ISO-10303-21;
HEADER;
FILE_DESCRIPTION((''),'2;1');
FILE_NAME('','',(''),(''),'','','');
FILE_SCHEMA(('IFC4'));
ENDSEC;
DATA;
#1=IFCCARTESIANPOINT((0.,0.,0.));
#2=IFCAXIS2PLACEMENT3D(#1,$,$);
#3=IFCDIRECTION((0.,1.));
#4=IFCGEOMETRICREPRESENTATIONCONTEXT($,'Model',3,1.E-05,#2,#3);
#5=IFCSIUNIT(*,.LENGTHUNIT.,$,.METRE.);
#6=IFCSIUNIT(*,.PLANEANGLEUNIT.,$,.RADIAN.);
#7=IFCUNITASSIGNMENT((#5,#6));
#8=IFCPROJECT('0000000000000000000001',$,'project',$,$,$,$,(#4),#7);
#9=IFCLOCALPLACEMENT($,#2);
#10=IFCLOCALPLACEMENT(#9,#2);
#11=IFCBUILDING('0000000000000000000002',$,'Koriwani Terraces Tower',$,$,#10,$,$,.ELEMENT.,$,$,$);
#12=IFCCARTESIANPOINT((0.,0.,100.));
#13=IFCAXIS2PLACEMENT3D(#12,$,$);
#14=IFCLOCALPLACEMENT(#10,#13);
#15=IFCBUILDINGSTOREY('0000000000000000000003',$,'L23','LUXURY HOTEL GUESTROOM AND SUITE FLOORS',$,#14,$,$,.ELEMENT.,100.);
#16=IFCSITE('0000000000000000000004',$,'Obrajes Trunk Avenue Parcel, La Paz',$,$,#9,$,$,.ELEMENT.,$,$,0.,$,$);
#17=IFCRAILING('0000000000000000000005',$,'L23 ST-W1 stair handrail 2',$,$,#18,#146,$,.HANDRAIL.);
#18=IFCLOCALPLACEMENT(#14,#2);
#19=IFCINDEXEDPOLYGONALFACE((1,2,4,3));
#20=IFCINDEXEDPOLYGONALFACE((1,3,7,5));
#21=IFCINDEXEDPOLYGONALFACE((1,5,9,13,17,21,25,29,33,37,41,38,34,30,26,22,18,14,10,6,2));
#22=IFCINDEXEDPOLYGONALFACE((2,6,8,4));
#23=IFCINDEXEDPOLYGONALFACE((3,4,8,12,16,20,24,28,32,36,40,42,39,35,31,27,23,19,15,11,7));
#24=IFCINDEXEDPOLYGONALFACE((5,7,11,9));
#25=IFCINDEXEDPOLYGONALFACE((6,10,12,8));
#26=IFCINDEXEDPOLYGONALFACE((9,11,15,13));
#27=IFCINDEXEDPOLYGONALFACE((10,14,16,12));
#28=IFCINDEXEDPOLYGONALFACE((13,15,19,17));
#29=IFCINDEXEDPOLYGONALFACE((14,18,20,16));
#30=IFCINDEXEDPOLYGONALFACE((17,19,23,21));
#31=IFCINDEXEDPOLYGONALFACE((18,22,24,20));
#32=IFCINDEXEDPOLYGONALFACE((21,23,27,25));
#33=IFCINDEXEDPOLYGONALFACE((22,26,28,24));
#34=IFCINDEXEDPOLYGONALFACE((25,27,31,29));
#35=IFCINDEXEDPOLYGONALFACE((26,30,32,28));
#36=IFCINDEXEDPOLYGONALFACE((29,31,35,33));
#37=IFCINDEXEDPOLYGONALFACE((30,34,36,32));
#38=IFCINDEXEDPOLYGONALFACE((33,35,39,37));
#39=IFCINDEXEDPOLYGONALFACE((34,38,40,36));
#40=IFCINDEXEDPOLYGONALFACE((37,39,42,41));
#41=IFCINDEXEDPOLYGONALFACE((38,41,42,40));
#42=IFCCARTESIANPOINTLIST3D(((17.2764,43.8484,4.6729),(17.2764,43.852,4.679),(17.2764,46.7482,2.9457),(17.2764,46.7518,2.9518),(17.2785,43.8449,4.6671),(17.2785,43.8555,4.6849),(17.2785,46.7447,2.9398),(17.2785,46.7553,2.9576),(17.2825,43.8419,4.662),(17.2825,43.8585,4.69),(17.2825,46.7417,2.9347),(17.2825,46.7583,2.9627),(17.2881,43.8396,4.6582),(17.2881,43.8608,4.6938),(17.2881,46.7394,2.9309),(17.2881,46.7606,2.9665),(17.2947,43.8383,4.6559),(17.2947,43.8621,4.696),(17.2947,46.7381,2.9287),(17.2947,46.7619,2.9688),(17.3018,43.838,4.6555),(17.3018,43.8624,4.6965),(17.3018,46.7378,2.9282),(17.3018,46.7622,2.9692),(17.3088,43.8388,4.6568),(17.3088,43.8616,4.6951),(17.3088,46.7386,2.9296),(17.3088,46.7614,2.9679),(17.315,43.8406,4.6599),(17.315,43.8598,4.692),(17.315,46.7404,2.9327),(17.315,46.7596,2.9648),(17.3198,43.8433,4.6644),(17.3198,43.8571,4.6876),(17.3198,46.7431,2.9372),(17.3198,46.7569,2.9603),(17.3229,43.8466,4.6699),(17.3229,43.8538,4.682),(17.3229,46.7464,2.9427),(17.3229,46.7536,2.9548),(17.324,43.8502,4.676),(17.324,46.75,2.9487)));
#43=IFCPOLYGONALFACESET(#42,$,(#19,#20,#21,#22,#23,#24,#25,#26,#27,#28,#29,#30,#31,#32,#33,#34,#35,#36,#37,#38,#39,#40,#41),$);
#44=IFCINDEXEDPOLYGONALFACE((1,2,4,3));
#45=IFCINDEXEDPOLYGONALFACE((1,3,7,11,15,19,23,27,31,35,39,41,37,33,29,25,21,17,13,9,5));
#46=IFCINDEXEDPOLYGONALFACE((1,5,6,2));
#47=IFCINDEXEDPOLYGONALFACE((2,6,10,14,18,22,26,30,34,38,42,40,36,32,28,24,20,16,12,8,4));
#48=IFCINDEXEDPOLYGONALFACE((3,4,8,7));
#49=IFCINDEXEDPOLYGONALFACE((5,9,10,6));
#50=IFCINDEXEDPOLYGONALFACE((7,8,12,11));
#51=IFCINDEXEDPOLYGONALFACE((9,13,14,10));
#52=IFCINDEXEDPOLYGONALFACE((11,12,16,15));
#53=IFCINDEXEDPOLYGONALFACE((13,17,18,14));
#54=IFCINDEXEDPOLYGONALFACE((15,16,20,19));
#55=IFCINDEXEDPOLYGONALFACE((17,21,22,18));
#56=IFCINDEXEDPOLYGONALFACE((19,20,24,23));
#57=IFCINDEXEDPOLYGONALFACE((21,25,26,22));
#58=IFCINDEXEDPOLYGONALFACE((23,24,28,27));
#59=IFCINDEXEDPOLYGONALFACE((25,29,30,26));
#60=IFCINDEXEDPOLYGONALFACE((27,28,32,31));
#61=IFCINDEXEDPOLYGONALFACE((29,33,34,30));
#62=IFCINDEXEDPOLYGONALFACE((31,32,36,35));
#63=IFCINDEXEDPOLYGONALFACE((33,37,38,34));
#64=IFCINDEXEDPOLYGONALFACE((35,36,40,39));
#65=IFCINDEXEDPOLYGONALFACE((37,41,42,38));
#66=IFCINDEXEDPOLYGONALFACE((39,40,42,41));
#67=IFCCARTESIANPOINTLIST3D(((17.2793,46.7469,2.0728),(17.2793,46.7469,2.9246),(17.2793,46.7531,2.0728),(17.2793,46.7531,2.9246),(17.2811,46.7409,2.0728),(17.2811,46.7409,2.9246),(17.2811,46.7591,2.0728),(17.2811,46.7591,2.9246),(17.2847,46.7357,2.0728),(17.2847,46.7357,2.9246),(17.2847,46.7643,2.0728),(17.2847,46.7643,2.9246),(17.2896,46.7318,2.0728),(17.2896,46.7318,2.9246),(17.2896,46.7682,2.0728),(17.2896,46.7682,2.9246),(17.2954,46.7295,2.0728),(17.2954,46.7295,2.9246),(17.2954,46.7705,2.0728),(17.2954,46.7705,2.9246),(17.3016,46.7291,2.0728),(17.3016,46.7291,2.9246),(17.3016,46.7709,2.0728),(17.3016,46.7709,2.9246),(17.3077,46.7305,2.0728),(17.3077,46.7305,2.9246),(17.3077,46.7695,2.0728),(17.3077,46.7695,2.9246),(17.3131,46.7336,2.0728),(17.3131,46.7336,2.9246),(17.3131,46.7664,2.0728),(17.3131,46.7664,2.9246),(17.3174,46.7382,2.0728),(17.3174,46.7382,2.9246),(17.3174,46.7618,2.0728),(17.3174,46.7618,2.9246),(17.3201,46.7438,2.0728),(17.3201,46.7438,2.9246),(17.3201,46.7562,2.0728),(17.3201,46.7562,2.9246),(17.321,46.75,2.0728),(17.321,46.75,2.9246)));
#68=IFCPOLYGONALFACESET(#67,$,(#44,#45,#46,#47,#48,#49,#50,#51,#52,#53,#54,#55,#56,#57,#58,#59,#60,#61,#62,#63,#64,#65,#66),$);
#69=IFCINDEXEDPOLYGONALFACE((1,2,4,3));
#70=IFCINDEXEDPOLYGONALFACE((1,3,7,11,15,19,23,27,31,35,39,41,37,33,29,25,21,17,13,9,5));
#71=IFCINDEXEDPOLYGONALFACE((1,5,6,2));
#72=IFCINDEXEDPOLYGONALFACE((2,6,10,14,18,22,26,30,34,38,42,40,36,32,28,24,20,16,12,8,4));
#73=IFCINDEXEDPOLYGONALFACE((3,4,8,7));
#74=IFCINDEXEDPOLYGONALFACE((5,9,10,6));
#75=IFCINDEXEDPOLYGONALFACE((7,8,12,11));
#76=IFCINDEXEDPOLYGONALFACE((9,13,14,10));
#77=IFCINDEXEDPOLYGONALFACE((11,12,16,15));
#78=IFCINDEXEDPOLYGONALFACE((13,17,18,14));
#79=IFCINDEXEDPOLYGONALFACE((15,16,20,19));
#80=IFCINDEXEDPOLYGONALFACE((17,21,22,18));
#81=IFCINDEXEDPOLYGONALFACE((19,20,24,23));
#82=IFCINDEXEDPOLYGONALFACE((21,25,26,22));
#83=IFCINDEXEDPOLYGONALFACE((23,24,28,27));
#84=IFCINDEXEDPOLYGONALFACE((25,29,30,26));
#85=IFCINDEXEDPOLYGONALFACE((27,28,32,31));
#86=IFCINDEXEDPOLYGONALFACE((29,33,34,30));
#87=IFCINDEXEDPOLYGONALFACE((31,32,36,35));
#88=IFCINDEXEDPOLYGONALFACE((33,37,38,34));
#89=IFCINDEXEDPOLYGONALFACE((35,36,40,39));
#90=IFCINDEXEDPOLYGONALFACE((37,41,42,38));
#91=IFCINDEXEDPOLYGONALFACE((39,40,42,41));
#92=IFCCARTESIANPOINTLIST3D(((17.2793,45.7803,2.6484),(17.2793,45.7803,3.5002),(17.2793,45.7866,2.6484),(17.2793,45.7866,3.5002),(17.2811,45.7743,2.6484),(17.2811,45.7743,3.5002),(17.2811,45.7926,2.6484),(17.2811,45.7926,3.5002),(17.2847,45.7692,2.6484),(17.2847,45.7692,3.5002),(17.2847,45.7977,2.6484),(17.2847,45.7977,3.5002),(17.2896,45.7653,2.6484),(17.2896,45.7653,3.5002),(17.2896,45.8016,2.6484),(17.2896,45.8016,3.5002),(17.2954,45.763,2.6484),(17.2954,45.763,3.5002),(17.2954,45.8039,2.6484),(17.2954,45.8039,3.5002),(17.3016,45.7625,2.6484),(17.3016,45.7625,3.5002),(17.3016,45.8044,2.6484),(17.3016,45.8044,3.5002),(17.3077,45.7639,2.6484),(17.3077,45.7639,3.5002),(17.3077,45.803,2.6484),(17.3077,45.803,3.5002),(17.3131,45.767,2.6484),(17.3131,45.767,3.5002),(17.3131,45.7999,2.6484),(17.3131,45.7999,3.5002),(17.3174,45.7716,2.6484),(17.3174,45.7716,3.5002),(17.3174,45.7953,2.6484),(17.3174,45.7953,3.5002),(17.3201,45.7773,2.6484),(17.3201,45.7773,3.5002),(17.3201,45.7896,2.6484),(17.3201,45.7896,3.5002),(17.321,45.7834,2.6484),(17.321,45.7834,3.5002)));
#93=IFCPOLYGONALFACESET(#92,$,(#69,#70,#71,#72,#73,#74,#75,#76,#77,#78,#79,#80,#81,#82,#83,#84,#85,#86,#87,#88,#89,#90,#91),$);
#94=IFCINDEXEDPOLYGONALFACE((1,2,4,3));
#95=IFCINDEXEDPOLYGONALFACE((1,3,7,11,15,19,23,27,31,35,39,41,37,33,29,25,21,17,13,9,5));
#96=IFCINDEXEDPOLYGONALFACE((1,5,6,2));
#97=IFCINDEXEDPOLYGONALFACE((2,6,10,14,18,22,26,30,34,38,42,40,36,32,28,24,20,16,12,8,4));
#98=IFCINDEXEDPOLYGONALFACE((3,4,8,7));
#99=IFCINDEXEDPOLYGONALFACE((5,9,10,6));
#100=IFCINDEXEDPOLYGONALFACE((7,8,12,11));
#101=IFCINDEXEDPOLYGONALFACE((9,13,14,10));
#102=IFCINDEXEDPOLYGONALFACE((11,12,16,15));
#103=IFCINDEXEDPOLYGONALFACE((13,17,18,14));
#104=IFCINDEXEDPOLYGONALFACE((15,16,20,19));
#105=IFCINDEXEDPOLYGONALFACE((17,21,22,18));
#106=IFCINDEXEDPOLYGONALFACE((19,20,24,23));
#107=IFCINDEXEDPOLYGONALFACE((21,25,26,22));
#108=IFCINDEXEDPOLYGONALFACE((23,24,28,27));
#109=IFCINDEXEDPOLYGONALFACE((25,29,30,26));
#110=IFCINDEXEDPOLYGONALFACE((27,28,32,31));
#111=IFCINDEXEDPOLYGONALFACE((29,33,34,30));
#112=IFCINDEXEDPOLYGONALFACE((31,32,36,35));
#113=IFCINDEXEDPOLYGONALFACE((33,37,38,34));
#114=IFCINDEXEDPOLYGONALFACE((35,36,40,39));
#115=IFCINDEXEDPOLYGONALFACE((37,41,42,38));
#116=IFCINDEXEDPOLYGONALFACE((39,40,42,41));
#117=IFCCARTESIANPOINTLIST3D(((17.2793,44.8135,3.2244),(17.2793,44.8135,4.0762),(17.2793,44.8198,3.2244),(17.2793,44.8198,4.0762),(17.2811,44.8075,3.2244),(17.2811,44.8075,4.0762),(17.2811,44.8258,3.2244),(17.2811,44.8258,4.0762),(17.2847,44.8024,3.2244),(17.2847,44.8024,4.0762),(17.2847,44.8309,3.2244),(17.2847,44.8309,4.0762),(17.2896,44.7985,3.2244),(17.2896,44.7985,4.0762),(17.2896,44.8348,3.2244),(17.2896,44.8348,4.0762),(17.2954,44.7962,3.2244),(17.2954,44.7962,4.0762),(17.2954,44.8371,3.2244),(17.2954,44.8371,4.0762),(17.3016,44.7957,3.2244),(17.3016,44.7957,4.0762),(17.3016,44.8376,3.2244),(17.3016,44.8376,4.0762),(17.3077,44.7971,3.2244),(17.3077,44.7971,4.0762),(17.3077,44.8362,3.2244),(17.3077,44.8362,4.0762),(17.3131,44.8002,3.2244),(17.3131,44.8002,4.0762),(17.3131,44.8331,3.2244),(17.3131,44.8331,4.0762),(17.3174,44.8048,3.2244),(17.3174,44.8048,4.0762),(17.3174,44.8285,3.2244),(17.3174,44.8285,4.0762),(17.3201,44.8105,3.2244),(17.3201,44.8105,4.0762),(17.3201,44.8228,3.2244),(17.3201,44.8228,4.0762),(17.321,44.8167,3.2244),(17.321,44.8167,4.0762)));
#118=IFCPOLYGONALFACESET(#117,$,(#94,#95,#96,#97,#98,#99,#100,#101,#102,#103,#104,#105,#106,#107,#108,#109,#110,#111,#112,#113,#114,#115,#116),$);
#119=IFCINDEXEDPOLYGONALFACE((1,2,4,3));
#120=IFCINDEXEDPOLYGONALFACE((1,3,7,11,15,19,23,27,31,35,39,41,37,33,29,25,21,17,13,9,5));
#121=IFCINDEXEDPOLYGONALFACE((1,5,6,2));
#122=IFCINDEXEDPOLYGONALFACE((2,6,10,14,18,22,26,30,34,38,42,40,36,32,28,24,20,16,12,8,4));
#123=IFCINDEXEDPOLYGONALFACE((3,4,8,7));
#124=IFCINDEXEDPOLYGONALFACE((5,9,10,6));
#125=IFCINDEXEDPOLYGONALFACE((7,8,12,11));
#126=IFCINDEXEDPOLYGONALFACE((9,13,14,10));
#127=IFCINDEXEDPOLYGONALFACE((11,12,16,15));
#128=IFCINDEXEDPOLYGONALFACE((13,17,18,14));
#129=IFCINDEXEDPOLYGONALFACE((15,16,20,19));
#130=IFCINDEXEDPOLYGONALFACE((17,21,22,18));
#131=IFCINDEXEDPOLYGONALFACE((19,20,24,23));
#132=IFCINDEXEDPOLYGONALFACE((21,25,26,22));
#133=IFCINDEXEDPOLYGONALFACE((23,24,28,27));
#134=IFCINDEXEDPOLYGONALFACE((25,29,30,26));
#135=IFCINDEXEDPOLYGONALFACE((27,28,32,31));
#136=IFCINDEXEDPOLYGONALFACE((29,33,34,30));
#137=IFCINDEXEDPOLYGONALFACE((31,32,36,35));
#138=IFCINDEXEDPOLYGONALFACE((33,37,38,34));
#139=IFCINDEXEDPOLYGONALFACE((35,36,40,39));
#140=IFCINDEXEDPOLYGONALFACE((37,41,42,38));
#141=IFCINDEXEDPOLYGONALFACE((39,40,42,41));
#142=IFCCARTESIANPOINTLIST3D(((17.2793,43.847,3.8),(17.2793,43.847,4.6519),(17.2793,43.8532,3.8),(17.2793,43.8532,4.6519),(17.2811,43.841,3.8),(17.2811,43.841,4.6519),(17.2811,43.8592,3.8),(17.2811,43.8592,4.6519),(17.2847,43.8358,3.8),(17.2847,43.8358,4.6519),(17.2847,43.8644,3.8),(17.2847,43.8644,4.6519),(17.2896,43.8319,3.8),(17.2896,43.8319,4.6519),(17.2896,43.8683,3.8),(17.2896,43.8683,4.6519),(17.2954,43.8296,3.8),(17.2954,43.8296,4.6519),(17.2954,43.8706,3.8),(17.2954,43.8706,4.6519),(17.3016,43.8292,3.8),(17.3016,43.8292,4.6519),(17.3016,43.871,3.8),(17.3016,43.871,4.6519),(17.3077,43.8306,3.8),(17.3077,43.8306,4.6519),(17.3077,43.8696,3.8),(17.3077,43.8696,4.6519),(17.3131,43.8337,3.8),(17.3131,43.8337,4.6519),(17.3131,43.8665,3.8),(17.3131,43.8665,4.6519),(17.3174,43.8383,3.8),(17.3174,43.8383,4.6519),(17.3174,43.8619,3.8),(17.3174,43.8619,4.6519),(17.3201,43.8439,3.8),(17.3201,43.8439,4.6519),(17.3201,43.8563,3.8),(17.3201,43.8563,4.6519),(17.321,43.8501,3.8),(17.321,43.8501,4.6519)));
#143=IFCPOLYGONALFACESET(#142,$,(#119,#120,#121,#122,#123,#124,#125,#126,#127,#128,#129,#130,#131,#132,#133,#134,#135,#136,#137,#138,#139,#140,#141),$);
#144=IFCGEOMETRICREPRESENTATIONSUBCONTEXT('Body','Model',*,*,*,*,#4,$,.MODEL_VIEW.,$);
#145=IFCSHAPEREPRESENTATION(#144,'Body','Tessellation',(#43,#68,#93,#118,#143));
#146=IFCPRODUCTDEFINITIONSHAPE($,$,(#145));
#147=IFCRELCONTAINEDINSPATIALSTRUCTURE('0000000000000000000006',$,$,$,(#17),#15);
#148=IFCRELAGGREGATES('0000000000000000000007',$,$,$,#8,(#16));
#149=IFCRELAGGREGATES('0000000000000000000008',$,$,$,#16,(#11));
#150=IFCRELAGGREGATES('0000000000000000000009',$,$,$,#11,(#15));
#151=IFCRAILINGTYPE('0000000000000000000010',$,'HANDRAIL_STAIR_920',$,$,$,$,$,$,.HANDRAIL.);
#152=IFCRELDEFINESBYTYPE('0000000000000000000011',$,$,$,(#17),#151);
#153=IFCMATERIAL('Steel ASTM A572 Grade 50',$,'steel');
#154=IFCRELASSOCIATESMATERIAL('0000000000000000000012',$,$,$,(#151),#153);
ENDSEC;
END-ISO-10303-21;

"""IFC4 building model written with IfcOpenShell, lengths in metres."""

from ifc_helpers import new_model, si_unit, direction, frame, origin, origin_2d, place, context, subcontext, project, spatial, circle, extrude, material, type_object, element, save


model = new_model("IFC4")

# Units and contexts
model_context = context("Model", 3, precision=1e-05, world=origin(), true_north=direction((0.0, 1.0)))
body_context = subcontext(model_context, "Body", "Model", "MODEL_VIEW")
ifc_project = project(units=[si_unit("LENGTHUNIT", "METRE"), si_unit("PLANEANGLEUNIT", "RADIAN")], contexts=[model_context])

# Site, building, storey
site_placement = place(None, origin())
site = spatial("IfcSite", under=ifc_project, at=site_placement, Name="Obrajes Trunk Avenue Parcel, La Paz", CompositionType="ELEMENT", RefElevation=0.0)
building_placement = place(site_placement, origin())
building = spatial("IfcBuilding", under=site, at=building_placement, Name="Koriwani Terraces Tower", CompositionType="ELEMENT")
storey_placement = place(building_placement, frame((0.0, 0.0, 100.0)))
storey = spatial("IfcBuildingStorey", under=building, at=storey_placement, Name="L23", Description="LUXURY HOTEL GUESTROOM AND SUITE FLOORS", CompositionType="ELEMENT", Elevation=100.0)

# Shared definitions
ifc_material_1 = material(Name="Steel ASTM A572 Grade 50", Category="steel")

# Railing
railing_type_1 = type_object("IfcRailingType", Name="HANDRAIL_STAIR_920", PredefinedType="HANDRAIL", material=ifc_material_1)
for number, where, name in (
    (1, (17.3, 46.75, 2.0728), "L23 ST-W1 stair handrail 2"),
):
    element("IfcRailing", number, at=place(storey_placement, frame(where)), inside=storey, type_object=railing_type_1, Name=name, PredefinedType="HANDRAIL", context=body_context, shape_type="SweptSolid", body=[
        extrude(circle(Radius=0.0239, at=origin_2d()), frame((0.0, 0.0, 0.876), z_axis=(0.0, -0.859141, 0.511738), x_axis=(1.0, 0.0, 0.0)), (0.0, 0.0, 1.0), 3.3752),
        extrude(circle(Radius=0.021, at=origin_2d()), origin(), (0.0, 0.0, 1.0), 0.8518),
        extrude(circle(Radius=0.021, at=origin_2d()), frame((0.0, -0.9666, 0.5757)), (0.0, 0.0, 1.0), 0.8518),
        extrude(circle(Radius=0.021, at=origin_2d()), frame((0.0, -1.9333, 1.1516)), (0.0, 0.0, 1.0), 0.8518),
        extrude(circle(Radius=0.021, at=origin_2d()), frame((0.0, -2.8999, 1.7273)), (0.0, 0.0, 1.0), 0.8518),
    ])

save(model, "model.ifc")
